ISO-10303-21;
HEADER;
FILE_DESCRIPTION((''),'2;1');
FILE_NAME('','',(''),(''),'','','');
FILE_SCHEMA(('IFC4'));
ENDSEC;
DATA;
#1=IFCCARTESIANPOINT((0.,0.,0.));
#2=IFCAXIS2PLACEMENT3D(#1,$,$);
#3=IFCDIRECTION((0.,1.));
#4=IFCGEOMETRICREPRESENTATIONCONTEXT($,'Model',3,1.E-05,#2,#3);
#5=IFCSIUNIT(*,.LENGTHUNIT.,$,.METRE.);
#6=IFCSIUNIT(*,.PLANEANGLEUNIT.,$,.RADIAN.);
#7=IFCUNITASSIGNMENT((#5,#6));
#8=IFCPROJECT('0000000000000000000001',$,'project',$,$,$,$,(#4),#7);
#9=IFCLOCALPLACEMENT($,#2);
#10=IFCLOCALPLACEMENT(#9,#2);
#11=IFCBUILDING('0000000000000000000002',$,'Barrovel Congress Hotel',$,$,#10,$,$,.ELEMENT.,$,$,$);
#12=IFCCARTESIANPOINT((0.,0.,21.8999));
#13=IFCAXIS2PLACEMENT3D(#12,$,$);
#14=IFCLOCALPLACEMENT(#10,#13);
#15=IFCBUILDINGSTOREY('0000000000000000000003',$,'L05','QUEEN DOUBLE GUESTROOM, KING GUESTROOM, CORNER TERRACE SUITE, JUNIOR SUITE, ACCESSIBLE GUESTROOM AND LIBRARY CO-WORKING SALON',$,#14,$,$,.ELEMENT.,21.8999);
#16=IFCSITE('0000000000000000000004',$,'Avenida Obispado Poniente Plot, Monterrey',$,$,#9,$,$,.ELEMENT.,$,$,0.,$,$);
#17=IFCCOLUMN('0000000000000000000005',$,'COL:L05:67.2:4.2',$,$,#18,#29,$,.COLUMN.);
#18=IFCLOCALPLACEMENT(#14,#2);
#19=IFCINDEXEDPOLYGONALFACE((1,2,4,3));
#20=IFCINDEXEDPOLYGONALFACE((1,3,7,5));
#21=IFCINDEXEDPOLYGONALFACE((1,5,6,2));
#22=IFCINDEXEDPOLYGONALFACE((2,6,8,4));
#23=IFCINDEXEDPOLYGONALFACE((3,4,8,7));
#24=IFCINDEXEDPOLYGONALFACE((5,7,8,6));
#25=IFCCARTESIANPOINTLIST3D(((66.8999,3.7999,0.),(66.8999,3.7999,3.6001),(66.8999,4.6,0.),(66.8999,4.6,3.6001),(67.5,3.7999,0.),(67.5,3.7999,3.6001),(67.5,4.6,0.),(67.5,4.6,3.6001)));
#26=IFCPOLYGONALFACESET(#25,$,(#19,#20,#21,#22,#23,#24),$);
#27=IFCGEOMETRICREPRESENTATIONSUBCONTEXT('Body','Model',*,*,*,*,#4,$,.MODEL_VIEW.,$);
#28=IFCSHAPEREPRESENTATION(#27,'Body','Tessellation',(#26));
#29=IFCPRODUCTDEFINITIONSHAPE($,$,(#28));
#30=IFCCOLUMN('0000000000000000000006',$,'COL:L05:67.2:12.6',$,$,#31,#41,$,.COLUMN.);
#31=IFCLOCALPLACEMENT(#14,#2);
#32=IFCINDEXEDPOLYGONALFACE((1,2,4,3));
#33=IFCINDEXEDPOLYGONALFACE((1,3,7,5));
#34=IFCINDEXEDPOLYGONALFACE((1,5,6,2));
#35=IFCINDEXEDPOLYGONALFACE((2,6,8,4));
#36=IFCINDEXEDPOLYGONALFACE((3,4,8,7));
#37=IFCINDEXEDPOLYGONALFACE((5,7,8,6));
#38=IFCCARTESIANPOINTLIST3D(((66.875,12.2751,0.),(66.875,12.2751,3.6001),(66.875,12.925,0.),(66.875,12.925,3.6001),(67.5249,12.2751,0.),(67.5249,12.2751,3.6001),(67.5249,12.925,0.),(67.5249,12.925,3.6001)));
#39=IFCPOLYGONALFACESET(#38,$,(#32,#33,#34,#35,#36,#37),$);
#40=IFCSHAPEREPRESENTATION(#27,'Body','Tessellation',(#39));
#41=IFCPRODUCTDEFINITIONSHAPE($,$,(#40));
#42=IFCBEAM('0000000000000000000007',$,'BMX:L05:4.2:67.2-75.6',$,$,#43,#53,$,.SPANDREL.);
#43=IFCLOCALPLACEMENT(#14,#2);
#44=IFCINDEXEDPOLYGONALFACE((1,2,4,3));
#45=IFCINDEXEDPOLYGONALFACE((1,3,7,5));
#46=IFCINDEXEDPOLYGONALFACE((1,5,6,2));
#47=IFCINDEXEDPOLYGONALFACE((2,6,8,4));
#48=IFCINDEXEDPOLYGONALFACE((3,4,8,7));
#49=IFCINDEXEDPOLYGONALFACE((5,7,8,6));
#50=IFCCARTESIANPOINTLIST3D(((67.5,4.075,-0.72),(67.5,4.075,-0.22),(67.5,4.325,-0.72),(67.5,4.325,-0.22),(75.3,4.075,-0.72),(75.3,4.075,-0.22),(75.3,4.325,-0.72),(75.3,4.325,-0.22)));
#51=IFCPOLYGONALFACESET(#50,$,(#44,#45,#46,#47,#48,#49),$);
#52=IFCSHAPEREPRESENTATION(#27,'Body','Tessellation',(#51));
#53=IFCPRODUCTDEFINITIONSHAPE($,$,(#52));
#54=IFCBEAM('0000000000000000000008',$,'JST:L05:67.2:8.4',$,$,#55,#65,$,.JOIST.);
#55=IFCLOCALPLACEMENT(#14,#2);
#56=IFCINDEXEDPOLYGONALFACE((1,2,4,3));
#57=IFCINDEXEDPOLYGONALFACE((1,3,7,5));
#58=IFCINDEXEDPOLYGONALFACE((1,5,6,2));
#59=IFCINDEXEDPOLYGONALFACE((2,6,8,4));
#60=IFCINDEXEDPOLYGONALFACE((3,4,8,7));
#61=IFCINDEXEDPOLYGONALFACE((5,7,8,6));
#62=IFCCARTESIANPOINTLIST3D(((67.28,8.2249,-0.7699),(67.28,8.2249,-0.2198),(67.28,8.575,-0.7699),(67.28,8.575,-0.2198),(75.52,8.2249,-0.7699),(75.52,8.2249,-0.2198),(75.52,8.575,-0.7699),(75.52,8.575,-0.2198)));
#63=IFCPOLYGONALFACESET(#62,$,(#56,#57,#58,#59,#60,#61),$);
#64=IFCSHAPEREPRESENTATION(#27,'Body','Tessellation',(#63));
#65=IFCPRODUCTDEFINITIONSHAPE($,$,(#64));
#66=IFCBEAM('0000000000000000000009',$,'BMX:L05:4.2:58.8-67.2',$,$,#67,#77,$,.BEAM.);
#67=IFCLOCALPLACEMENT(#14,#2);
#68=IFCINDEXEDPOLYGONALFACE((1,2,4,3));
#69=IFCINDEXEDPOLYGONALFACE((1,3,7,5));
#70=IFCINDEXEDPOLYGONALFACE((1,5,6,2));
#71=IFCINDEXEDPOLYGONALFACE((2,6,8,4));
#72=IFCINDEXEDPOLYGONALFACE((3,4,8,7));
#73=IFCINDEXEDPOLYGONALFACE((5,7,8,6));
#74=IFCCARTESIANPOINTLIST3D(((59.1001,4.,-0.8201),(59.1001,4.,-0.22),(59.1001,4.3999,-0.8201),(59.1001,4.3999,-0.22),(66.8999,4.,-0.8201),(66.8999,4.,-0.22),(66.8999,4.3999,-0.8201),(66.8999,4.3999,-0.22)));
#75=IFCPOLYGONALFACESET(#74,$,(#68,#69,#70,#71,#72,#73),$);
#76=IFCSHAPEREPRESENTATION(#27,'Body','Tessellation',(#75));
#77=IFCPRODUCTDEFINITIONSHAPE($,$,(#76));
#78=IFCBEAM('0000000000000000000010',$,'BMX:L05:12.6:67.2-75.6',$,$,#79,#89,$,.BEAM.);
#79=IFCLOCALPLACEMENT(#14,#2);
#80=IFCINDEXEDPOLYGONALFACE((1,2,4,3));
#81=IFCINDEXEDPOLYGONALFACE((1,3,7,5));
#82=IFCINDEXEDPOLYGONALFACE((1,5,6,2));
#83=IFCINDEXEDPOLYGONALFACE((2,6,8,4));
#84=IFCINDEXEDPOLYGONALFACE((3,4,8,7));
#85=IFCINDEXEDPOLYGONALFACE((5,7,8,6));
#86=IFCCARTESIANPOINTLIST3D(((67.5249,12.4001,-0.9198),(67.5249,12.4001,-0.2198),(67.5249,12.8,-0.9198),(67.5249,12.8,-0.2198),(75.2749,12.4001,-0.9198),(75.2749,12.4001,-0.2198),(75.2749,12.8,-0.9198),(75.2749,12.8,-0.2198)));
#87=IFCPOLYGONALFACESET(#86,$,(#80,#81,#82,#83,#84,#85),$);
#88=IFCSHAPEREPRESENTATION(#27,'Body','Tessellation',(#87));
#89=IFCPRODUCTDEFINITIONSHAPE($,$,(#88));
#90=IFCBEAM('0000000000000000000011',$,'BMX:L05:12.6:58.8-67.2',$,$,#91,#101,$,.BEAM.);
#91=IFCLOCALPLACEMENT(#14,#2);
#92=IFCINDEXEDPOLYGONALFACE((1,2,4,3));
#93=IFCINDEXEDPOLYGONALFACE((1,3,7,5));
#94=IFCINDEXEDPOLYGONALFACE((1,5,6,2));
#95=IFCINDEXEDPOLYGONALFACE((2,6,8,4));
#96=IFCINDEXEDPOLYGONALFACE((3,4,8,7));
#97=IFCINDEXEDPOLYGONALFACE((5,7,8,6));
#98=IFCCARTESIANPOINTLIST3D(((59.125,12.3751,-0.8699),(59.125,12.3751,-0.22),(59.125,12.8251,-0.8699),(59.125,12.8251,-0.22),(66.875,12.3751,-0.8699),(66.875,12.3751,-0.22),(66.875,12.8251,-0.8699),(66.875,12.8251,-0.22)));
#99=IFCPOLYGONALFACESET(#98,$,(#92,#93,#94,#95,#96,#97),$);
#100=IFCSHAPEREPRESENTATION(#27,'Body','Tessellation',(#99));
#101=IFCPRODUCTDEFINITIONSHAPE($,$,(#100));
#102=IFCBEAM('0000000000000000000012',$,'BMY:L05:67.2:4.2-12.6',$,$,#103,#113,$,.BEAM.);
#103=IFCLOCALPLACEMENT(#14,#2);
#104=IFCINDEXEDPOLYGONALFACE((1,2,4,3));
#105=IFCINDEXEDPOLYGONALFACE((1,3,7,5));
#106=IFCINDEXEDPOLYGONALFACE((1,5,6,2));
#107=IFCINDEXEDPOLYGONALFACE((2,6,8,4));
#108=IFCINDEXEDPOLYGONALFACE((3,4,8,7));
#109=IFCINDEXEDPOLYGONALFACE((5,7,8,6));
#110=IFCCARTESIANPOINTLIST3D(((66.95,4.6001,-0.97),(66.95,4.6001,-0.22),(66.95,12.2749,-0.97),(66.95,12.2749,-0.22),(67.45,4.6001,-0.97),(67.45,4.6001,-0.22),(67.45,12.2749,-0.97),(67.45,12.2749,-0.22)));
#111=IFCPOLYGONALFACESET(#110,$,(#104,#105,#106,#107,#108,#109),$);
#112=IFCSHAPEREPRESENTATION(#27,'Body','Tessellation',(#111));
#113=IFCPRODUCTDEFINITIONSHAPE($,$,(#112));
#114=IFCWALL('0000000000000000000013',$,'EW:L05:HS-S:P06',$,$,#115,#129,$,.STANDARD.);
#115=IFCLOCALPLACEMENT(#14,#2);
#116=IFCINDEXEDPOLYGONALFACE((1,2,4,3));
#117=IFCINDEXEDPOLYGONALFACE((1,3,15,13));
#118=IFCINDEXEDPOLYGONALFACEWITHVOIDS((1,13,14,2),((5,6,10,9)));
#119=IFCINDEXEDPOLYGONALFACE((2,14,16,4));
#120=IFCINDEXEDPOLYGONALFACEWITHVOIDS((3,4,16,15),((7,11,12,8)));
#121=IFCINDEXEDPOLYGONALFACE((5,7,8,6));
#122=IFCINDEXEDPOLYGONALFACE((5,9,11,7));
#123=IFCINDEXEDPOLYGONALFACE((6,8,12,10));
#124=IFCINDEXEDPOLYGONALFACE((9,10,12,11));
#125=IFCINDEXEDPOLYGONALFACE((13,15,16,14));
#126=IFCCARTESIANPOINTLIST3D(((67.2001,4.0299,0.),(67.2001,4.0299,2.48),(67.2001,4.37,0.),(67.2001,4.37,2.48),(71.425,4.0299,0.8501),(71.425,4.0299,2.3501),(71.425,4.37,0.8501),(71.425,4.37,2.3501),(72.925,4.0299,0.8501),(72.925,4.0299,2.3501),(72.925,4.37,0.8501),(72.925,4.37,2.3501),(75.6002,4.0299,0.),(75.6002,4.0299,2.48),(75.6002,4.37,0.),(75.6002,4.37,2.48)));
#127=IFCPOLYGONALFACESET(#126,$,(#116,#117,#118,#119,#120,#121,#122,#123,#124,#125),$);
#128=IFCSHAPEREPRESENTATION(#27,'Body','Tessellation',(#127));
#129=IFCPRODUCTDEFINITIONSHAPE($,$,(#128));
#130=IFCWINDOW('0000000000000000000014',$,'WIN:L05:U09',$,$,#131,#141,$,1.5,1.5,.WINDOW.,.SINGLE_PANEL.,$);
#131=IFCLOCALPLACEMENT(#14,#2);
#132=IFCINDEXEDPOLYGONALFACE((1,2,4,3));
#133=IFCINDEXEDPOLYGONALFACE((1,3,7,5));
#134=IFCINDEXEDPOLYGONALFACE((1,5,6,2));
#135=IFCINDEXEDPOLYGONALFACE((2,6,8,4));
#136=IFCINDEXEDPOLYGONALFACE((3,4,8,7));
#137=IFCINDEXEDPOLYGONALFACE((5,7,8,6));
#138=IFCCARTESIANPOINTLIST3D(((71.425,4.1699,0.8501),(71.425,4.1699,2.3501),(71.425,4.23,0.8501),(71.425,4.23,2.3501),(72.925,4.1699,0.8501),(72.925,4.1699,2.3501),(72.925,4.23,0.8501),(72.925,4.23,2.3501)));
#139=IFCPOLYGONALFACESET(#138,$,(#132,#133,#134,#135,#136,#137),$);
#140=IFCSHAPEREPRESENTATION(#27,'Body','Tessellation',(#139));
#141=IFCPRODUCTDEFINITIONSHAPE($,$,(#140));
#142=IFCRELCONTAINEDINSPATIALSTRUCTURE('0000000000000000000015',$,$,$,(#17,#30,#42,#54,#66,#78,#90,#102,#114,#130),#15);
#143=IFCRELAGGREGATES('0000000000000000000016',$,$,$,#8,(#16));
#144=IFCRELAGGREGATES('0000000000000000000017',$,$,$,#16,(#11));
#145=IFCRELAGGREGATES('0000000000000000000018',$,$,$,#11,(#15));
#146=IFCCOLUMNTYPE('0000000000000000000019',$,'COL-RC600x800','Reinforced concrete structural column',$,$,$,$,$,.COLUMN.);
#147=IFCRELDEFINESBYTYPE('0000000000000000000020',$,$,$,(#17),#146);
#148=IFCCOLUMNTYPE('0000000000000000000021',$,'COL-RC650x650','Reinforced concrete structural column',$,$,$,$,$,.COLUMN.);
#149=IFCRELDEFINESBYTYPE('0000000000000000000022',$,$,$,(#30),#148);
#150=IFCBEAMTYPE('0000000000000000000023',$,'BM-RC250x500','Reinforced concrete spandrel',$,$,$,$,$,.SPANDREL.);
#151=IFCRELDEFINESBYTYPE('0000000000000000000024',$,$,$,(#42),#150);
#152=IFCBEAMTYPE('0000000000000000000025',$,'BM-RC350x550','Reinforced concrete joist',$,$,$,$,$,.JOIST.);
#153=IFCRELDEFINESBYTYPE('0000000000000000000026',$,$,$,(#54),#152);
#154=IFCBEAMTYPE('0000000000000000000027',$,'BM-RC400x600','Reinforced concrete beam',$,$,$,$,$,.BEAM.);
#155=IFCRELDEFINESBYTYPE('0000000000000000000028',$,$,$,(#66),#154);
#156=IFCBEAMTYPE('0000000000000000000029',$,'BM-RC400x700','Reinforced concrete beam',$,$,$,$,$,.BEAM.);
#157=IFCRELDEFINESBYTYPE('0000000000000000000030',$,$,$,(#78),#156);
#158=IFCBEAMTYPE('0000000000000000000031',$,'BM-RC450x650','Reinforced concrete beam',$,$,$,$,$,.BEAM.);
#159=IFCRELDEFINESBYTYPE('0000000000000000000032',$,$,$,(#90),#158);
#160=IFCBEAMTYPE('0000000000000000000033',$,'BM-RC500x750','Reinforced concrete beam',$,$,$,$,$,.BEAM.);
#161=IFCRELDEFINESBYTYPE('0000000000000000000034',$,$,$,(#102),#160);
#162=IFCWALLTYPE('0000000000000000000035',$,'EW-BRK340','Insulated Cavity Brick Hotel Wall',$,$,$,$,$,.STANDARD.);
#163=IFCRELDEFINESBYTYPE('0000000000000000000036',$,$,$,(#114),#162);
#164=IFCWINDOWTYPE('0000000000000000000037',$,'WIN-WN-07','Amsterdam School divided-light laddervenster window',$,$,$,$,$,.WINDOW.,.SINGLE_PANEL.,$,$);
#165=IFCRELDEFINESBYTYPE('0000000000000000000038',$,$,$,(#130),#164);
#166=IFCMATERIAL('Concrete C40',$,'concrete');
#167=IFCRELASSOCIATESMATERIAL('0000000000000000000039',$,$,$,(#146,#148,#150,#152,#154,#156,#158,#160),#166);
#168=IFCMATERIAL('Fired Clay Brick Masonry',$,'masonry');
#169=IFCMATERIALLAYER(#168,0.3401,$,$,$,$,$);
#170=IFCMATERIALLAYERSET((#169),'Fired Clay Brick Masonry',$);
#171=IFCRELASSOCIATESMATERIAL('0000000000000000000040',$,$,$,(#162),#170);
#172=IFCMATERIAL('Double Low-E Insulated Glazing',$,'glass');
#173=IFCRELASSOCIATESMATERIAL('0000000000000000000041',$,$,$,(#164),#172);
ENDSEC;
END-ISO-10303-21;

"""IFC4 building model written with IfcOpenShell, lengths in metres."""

from ifc_helpers import new_model, si_unit, direction, frame, frame_2d, origin, origin_2d, place, context, subcontext, project, spatial, rectangle, extrude, material, layer, layer_set, material_profile, profile_set, type_object, element, fill, save


model = new_model("IFC4")

# Units and contexts
model_context = context("Model", 3, precision=1e-05, world=origin(), true_north=direction((0.0, 1.0)))
body_context = subcontext(model_context, "Body", "Model", "MODEL_VIEW")
ifc_project = project(units=[si_unit("LENGTHUNIT", "METRE"), si_unit("PLANEANGLEUNIT", "RADIAN")], contexts=[model_context])

# Site, building, storey
site_placement = place(None, origin())
site = spatial("IfcSite", under=ifc_project, at=site_placement, Name="Avenida Obispado Poniente Plot, Monterrey", CompositionType="ELEMENT", RefElevation=0.0)
building_placement = place(site_placement, origin())
building = spatial("IfcBuilding", under=site, at=building_placement, Name="Barrovel Congress Hotel", CompositionType="ELEMENT")
storey_placement = place(building_placement, frame((0.0, 0.0, 21.8999)))
storey = spatial("IfcBuildingStorey", under=building, at=storey_placement, Name="L05", Description="QUEEN DOUBLE GUESTROOM, KING GUESTROOM, CORNER TERRACE SUITE, JUNIOR SUITE, ACCESSIBLE GUESTROOM AND LIBRARY CO-WORKING SALON", CompositionType="ELEMENT", Elevation=21.8999)

# Columns
ifc_material_1 = material(Name="Concrete C40", Category="concrete")
ifc_material_profile_1 = material_profile(ifc_material_1, rectangle(XDim=0.6001, YDim=0.8, at=origin_2d()), Name="RC600x800")
ifc_profile_set_1 = profile_set([ifc_material_profile_1], Name="Concrete C40")
column_type_1 = type_object("IfcColumnType", Name="COL-RC600x800", Description="Reinforced concrete structural column", PredefinedType="COLUMN", material=ifc_profile_set_1)
column_1_placement = place(storey_placement, frame((67.2, 4.2, 0.0), z_axis=(0.0, 0.0, 1.0), x_axis=(1.0, 0.0, 0.0)))
element("IfcColumn", 1, at=column_1_placement, inside=storey, type_object=column_type_1, Name="COL:L05:67.2:4.2", PredefinedType="COLUMN", context=body_context, shape_type="SweptSolid", body=[
    extrude(rectangle(XDim=0.6001, YDim=0.8, at=origin_2d()), origin(), (0.0, 0.0, 1.0), 3.6001),
])
ifc_material_profile_2 = material_profile(ifc_material_1, rectangle(XDim=0.6499, YDim=0.6499, at=origin_2d()), Name="RC650x650")
ifc_profile_set_2 = profile_set([ifc_material_profile_2], Name="Concrete C40")
column_type_2 = type_object("IfcColumnType", Name="COL-RC650x650", Description="Reinforced concrete structural column", PredefinedType="COLUMN", material=ifc_profile_set_2)
column_2_placement = place(storey_placement, frame((67.2, 12.6001, 0.0), z_axis=(0.0, 0.0, 1.0), x_axis=(1.0, 0.0, 0.0)))
element("IfcColumn", 2, at=column_2_placement, inside=storey, type_object=column_type_2, Name="COL:L05:67.2:12.6", PredefinedType="COLUMN", context=body_context, shape_type="SweptSolid", body=[
    extrude(rectangle(XDim=0.6499, YDim=0.6499, at=origin_2d()), origin(), (0.0, 0.0, 1.0), 3.6001),
])

# Beams
ifc_material_profile_3 = material_profile(ifc_material_1, rectangle(XDim=0.25, YDim=0.5, at=origin_2d()), Name="RC250x500")
ifc_profile_set_3 = profile_set([ifc_material_profile_3], Name="Concrete C40")
beam_type_1 = type_object("IfcBeamType", Name="BM-RC250x500", Description="Reinforced concrete spandrel", PredefinedType="SPANDREL", material=ifc_profile_set_3)
beam_1_placement = place(storey_placement, frame((67.5, 4.2, -0.47), z_axis=(1.0, 0.0, 0.0), x_axis=(0.0, 1.0, 0.0)))
element("IfcBeam", 3, at=beam_1_placement, inside=storey, type_object=beam_type_1, Name="BMX:L05:4.2:67.2-75.6", PredefinedType="SPANDREL", context=body_context, shape_type="SweptSolid", body=[
    extrude(rectangle(XDim=0.25, YDim=0.5, at=origin_2d()), origin(), (0.0, 0.0, 1.0), 7.8),
])
ifc_material_profile_4 = material_profile(ifc_material_1, rectangle(XDim=0.3501, YDim=0.55, at=origin_2d()), Name="RC350x550")
ifc_profile_set_4 = profile_set([ifc_material_profile_4], Name="Concrete C40")
beam_type_2 = type_object("IfcBeamType", Name="BM-RC350x550", Description="Reinforced concrete joist", PredefinedType="JOIST", material=ifc_profile_set_4)
beam_2_placement = place(storey_placement, frame((67.28, 8.3999, -0.4949), z_axis=(1.0, 0.0, 0.0), x_axis=(0.0, 1.0, 0.0)))
element("IfcBeam", 4, at=beam_2_placement, inside=storey, type_object=beam_type_2, Name="JST:L05:67.2:8.4", PredefinedType="JOIST", context=body_context, shape_type="SweptSolid", body=[
    extrude(rectangle(XDim=0.3501, YDim=0.55, at=origin_2d()), origin(), (0.0, 0.0, 1.0), 8.24),
])
ifc_material_profile_5 = material_profile(ifc_material_1, rectangle(XDim=0.3999, YDim=0.6001, at=origin_2d()), Name="RC400x600")
ifc_profile_set_5 = profile_set([ifc_material_profile_5], Name="Concrete C40")
beam_type_3 = type_object("IfcBeamType", Name="BM-RC400x600", Description="Reinforced concrete beam", PredefinedType="BEAM", material=ifc_profile_set_5)
beam_3_placement = place(storey_placement, frame((59.1001, 4.2, -0.52), z_axis=(1.0, 0.0, 0.0), x_axis=(0.0, 1.0, 0.0)))
element("IfcBeam", 5, at=beam_3_placement, inside=storey, type_object=beam_type_3, Name="BMX:L05:4.2:58.8-67.2", PredefinedType="BEAM", context=body_context, shape_type="SweptSolid", body=[
    extrude(rectangle(XDim=0.3999, YDim=0.6001, at=origin_2d()), origin(), (0.0, 0.0, 1.0), 7.7998),
])
ifc_material_profile_6 = material_profile(ifc_material_1, rectangle(XDim=0.3999, YDim=0.7, at=origin_2d()), Name="RC400x700")
ifc_profile_set_6 = profile_set([ifc_material_profile_6], Name="Concrete C40")
beam_type_4 = type_object("IfcBeamType", Name="BM-RC400x700", Description="Reinforced concrete beam", PredefinedType="BEAM", material=ifc_profile_set_6)
beam_4_placement = place(storey_placement, frame((67.5249, 12.6001, -0.5698), z_axis=(1.0, 0.0, 0.0), x_axis=(0.0, 1.0, 0.0)))
element("IfcBeam", 6, at=beam_4_placement, inside=storey, type_object=beam_type_4, Name="BMX:L05:12.6:67.2-75.6", PredefinedType="BEAM", context=body_context, shape_type="SweptSolid", body=[
    extrude(rectangle(XDim=0.3999, YDim=0.7, at=origin_2d()), origin(), (0.0, 0.0, 1.0), 7.75),
])
ifc_material_profile_7 = material_profile(ifc_material_1, rectangle(XDim=0.45, YDim=0.6499, at=origin_2d()), Name="RC450x650")
ifc_profile_set_7 = profile_set([ifc_material_profile_7], Name="Concrete C40")
beam_type_5 = type_object("IfcBeamType", Name="BM-RC450x650", Description="Reinforced concrete beam", PredefinedType="BEAM", material=ifc_profile_set_7)
beam_5_placement = place(storey_placement, frame((59.125, 12.6001, -0.5449), z_axis=(1.0, 0.0, 0.0), x_axis=(0.0, 1.0, 0.0)))
element("IfcBeam", 7, at=beam_5_placement, inside=storey, type_object=beam_type_5, Name="BMX:L05:12.6:58.8-67.2", PredefinedType="BEAM", context=body_context, shape_type="SweptSolid", body=[
    extrude(rectangle(XDim=0.45, YDim=0.6499, at=origin_2d()), origin(), (0.0, 0.0, 1.0), 7.75),
])
ifc_material_profile_8 = material_profile(ifc_material_1, rectangle(XDim=0.5, YDim=0.75, at=origin_2d()), Name="RC500x750")
ifc_profile_set_8 = profile_set([ifc_material_profile_8], Name="Concrete C40")
beam_type_6 = type_object("IfcBeamType", Name="BM-RC500x750", Description="Reinforced concrete beam", PredefinedType="BEAM", material=ifc_profile_set_8)
beam_6_placement = place(storey_placement, frame((67.2, 4.6001, -0.595), z_axis=(0.0, 1.0, 0.0), x_axis=(-1.0, 0.0, 0.0)))
element("IfcBeam", 8, at=beam_6_placement, inside=storey, type_object=beam_type_6, Name="BMY:L05:67.2:4.2-12.6", PredefinedType="BEAM", context=body_context, shape_type="SweptSolid", body=[
    extrude(rectangle(XDim=0.5, YDim=0.75, at=origin_2d()), origin(), (0.0, 0.0, 1.0), 7.6748),
])

# Wall, opening, window
ifc_material_2 = material(Name="Fired Clay Brick Masonry", Category="masonry")
ifc_layer_1 = layer(ifc_material_2, 0.3401)
ifc_layer_set_1 = layer_set([ifc_layer_1], Name="Fired Clay Brick Masonry")
wall_type_1 = type_object("IfcWallType", Name="EW-BRK340", Description="Insulated Cavity Brick Hotel Wall", PredefinedType="STANDARD", material=ifc_layer_set_1)
wall_1_placement = place(storey_placement, frame((67.2, 4.2, 0.0), z_axis=(0.0, 0.0, 1.0), x_axis=(1.0, 0.0, 0.0)))
wall_1 = element("IfcWall", 9, at=wall_1_placement, inside=storey, type_object=wall_type_1, Name="EW:L05:HS-S:P06", PredefinedType="STANDARD", context=body_context, shape_type="SweptSolid", body=[
    extrude(rectangle(XDim=8.4001, YDim=0.3401, at=frame_2d((4.2002, 0.0))), origin(), (0.0, 0.0, 1.0), 2.48),
])
opening_1_placement = place(wall_1_placement, frame((4.2251, 0.0, 0.8501)))
opening_1 = element("IfcOpeningElement", 10, at=opening_1_placement, cuts=wall_1, PredefinedType="OPENING", context=body_context, shape_type="SweptSolid", body=[
    extrude(rectangle(XDim=1.5, YDim=1.5, at=frame_2d((0.75, 0.75))), frame((0.0, 0.1802, 0.0), z_axis=(0.0, -1.0, 0.0), x_axis=(1.0, 0.0, 0.0)), (0.0, 0.0, 1.0), 0.3601),
])
ifc_material_3 = material(Name="Double Low-E Insulated Glazing", Category="glass")
window_type = type_object("IfcWindowType", Name="WIN-WN-07", Description="Amsterdam School divided-light laddervenster window", PartitioningType="SINGLE_PANEL", PredefinedType="WINDOW", material=ifc_material_3)
window_placement = place(opening_1_placement, origin())
window = element("IfcWindow", 11, at=window_placement, inside=storey, type_object=window_type, Name="WIN:L05:U09", OverallHeight=1.5, OverallWidth=1.5, PartitioningType="SINGLE_PANEL", PredefinedType="WINDOW", context=body_context, shape_type="SweptSolid", body=[
    extrude(rectangle(XDim=1.5, YDim=1.5, at=frame_2d((0.75, 0.75))), frame((0.0, 0.03, 0.0), z_axis=(0.0, -1.0, 0.0), x_axis=(1.0, 0.0, 0.0)), (0.0, 0.0, 1.0), 0.0601),
])
fill(opening_1, window)

save(model, "model.ifc")
